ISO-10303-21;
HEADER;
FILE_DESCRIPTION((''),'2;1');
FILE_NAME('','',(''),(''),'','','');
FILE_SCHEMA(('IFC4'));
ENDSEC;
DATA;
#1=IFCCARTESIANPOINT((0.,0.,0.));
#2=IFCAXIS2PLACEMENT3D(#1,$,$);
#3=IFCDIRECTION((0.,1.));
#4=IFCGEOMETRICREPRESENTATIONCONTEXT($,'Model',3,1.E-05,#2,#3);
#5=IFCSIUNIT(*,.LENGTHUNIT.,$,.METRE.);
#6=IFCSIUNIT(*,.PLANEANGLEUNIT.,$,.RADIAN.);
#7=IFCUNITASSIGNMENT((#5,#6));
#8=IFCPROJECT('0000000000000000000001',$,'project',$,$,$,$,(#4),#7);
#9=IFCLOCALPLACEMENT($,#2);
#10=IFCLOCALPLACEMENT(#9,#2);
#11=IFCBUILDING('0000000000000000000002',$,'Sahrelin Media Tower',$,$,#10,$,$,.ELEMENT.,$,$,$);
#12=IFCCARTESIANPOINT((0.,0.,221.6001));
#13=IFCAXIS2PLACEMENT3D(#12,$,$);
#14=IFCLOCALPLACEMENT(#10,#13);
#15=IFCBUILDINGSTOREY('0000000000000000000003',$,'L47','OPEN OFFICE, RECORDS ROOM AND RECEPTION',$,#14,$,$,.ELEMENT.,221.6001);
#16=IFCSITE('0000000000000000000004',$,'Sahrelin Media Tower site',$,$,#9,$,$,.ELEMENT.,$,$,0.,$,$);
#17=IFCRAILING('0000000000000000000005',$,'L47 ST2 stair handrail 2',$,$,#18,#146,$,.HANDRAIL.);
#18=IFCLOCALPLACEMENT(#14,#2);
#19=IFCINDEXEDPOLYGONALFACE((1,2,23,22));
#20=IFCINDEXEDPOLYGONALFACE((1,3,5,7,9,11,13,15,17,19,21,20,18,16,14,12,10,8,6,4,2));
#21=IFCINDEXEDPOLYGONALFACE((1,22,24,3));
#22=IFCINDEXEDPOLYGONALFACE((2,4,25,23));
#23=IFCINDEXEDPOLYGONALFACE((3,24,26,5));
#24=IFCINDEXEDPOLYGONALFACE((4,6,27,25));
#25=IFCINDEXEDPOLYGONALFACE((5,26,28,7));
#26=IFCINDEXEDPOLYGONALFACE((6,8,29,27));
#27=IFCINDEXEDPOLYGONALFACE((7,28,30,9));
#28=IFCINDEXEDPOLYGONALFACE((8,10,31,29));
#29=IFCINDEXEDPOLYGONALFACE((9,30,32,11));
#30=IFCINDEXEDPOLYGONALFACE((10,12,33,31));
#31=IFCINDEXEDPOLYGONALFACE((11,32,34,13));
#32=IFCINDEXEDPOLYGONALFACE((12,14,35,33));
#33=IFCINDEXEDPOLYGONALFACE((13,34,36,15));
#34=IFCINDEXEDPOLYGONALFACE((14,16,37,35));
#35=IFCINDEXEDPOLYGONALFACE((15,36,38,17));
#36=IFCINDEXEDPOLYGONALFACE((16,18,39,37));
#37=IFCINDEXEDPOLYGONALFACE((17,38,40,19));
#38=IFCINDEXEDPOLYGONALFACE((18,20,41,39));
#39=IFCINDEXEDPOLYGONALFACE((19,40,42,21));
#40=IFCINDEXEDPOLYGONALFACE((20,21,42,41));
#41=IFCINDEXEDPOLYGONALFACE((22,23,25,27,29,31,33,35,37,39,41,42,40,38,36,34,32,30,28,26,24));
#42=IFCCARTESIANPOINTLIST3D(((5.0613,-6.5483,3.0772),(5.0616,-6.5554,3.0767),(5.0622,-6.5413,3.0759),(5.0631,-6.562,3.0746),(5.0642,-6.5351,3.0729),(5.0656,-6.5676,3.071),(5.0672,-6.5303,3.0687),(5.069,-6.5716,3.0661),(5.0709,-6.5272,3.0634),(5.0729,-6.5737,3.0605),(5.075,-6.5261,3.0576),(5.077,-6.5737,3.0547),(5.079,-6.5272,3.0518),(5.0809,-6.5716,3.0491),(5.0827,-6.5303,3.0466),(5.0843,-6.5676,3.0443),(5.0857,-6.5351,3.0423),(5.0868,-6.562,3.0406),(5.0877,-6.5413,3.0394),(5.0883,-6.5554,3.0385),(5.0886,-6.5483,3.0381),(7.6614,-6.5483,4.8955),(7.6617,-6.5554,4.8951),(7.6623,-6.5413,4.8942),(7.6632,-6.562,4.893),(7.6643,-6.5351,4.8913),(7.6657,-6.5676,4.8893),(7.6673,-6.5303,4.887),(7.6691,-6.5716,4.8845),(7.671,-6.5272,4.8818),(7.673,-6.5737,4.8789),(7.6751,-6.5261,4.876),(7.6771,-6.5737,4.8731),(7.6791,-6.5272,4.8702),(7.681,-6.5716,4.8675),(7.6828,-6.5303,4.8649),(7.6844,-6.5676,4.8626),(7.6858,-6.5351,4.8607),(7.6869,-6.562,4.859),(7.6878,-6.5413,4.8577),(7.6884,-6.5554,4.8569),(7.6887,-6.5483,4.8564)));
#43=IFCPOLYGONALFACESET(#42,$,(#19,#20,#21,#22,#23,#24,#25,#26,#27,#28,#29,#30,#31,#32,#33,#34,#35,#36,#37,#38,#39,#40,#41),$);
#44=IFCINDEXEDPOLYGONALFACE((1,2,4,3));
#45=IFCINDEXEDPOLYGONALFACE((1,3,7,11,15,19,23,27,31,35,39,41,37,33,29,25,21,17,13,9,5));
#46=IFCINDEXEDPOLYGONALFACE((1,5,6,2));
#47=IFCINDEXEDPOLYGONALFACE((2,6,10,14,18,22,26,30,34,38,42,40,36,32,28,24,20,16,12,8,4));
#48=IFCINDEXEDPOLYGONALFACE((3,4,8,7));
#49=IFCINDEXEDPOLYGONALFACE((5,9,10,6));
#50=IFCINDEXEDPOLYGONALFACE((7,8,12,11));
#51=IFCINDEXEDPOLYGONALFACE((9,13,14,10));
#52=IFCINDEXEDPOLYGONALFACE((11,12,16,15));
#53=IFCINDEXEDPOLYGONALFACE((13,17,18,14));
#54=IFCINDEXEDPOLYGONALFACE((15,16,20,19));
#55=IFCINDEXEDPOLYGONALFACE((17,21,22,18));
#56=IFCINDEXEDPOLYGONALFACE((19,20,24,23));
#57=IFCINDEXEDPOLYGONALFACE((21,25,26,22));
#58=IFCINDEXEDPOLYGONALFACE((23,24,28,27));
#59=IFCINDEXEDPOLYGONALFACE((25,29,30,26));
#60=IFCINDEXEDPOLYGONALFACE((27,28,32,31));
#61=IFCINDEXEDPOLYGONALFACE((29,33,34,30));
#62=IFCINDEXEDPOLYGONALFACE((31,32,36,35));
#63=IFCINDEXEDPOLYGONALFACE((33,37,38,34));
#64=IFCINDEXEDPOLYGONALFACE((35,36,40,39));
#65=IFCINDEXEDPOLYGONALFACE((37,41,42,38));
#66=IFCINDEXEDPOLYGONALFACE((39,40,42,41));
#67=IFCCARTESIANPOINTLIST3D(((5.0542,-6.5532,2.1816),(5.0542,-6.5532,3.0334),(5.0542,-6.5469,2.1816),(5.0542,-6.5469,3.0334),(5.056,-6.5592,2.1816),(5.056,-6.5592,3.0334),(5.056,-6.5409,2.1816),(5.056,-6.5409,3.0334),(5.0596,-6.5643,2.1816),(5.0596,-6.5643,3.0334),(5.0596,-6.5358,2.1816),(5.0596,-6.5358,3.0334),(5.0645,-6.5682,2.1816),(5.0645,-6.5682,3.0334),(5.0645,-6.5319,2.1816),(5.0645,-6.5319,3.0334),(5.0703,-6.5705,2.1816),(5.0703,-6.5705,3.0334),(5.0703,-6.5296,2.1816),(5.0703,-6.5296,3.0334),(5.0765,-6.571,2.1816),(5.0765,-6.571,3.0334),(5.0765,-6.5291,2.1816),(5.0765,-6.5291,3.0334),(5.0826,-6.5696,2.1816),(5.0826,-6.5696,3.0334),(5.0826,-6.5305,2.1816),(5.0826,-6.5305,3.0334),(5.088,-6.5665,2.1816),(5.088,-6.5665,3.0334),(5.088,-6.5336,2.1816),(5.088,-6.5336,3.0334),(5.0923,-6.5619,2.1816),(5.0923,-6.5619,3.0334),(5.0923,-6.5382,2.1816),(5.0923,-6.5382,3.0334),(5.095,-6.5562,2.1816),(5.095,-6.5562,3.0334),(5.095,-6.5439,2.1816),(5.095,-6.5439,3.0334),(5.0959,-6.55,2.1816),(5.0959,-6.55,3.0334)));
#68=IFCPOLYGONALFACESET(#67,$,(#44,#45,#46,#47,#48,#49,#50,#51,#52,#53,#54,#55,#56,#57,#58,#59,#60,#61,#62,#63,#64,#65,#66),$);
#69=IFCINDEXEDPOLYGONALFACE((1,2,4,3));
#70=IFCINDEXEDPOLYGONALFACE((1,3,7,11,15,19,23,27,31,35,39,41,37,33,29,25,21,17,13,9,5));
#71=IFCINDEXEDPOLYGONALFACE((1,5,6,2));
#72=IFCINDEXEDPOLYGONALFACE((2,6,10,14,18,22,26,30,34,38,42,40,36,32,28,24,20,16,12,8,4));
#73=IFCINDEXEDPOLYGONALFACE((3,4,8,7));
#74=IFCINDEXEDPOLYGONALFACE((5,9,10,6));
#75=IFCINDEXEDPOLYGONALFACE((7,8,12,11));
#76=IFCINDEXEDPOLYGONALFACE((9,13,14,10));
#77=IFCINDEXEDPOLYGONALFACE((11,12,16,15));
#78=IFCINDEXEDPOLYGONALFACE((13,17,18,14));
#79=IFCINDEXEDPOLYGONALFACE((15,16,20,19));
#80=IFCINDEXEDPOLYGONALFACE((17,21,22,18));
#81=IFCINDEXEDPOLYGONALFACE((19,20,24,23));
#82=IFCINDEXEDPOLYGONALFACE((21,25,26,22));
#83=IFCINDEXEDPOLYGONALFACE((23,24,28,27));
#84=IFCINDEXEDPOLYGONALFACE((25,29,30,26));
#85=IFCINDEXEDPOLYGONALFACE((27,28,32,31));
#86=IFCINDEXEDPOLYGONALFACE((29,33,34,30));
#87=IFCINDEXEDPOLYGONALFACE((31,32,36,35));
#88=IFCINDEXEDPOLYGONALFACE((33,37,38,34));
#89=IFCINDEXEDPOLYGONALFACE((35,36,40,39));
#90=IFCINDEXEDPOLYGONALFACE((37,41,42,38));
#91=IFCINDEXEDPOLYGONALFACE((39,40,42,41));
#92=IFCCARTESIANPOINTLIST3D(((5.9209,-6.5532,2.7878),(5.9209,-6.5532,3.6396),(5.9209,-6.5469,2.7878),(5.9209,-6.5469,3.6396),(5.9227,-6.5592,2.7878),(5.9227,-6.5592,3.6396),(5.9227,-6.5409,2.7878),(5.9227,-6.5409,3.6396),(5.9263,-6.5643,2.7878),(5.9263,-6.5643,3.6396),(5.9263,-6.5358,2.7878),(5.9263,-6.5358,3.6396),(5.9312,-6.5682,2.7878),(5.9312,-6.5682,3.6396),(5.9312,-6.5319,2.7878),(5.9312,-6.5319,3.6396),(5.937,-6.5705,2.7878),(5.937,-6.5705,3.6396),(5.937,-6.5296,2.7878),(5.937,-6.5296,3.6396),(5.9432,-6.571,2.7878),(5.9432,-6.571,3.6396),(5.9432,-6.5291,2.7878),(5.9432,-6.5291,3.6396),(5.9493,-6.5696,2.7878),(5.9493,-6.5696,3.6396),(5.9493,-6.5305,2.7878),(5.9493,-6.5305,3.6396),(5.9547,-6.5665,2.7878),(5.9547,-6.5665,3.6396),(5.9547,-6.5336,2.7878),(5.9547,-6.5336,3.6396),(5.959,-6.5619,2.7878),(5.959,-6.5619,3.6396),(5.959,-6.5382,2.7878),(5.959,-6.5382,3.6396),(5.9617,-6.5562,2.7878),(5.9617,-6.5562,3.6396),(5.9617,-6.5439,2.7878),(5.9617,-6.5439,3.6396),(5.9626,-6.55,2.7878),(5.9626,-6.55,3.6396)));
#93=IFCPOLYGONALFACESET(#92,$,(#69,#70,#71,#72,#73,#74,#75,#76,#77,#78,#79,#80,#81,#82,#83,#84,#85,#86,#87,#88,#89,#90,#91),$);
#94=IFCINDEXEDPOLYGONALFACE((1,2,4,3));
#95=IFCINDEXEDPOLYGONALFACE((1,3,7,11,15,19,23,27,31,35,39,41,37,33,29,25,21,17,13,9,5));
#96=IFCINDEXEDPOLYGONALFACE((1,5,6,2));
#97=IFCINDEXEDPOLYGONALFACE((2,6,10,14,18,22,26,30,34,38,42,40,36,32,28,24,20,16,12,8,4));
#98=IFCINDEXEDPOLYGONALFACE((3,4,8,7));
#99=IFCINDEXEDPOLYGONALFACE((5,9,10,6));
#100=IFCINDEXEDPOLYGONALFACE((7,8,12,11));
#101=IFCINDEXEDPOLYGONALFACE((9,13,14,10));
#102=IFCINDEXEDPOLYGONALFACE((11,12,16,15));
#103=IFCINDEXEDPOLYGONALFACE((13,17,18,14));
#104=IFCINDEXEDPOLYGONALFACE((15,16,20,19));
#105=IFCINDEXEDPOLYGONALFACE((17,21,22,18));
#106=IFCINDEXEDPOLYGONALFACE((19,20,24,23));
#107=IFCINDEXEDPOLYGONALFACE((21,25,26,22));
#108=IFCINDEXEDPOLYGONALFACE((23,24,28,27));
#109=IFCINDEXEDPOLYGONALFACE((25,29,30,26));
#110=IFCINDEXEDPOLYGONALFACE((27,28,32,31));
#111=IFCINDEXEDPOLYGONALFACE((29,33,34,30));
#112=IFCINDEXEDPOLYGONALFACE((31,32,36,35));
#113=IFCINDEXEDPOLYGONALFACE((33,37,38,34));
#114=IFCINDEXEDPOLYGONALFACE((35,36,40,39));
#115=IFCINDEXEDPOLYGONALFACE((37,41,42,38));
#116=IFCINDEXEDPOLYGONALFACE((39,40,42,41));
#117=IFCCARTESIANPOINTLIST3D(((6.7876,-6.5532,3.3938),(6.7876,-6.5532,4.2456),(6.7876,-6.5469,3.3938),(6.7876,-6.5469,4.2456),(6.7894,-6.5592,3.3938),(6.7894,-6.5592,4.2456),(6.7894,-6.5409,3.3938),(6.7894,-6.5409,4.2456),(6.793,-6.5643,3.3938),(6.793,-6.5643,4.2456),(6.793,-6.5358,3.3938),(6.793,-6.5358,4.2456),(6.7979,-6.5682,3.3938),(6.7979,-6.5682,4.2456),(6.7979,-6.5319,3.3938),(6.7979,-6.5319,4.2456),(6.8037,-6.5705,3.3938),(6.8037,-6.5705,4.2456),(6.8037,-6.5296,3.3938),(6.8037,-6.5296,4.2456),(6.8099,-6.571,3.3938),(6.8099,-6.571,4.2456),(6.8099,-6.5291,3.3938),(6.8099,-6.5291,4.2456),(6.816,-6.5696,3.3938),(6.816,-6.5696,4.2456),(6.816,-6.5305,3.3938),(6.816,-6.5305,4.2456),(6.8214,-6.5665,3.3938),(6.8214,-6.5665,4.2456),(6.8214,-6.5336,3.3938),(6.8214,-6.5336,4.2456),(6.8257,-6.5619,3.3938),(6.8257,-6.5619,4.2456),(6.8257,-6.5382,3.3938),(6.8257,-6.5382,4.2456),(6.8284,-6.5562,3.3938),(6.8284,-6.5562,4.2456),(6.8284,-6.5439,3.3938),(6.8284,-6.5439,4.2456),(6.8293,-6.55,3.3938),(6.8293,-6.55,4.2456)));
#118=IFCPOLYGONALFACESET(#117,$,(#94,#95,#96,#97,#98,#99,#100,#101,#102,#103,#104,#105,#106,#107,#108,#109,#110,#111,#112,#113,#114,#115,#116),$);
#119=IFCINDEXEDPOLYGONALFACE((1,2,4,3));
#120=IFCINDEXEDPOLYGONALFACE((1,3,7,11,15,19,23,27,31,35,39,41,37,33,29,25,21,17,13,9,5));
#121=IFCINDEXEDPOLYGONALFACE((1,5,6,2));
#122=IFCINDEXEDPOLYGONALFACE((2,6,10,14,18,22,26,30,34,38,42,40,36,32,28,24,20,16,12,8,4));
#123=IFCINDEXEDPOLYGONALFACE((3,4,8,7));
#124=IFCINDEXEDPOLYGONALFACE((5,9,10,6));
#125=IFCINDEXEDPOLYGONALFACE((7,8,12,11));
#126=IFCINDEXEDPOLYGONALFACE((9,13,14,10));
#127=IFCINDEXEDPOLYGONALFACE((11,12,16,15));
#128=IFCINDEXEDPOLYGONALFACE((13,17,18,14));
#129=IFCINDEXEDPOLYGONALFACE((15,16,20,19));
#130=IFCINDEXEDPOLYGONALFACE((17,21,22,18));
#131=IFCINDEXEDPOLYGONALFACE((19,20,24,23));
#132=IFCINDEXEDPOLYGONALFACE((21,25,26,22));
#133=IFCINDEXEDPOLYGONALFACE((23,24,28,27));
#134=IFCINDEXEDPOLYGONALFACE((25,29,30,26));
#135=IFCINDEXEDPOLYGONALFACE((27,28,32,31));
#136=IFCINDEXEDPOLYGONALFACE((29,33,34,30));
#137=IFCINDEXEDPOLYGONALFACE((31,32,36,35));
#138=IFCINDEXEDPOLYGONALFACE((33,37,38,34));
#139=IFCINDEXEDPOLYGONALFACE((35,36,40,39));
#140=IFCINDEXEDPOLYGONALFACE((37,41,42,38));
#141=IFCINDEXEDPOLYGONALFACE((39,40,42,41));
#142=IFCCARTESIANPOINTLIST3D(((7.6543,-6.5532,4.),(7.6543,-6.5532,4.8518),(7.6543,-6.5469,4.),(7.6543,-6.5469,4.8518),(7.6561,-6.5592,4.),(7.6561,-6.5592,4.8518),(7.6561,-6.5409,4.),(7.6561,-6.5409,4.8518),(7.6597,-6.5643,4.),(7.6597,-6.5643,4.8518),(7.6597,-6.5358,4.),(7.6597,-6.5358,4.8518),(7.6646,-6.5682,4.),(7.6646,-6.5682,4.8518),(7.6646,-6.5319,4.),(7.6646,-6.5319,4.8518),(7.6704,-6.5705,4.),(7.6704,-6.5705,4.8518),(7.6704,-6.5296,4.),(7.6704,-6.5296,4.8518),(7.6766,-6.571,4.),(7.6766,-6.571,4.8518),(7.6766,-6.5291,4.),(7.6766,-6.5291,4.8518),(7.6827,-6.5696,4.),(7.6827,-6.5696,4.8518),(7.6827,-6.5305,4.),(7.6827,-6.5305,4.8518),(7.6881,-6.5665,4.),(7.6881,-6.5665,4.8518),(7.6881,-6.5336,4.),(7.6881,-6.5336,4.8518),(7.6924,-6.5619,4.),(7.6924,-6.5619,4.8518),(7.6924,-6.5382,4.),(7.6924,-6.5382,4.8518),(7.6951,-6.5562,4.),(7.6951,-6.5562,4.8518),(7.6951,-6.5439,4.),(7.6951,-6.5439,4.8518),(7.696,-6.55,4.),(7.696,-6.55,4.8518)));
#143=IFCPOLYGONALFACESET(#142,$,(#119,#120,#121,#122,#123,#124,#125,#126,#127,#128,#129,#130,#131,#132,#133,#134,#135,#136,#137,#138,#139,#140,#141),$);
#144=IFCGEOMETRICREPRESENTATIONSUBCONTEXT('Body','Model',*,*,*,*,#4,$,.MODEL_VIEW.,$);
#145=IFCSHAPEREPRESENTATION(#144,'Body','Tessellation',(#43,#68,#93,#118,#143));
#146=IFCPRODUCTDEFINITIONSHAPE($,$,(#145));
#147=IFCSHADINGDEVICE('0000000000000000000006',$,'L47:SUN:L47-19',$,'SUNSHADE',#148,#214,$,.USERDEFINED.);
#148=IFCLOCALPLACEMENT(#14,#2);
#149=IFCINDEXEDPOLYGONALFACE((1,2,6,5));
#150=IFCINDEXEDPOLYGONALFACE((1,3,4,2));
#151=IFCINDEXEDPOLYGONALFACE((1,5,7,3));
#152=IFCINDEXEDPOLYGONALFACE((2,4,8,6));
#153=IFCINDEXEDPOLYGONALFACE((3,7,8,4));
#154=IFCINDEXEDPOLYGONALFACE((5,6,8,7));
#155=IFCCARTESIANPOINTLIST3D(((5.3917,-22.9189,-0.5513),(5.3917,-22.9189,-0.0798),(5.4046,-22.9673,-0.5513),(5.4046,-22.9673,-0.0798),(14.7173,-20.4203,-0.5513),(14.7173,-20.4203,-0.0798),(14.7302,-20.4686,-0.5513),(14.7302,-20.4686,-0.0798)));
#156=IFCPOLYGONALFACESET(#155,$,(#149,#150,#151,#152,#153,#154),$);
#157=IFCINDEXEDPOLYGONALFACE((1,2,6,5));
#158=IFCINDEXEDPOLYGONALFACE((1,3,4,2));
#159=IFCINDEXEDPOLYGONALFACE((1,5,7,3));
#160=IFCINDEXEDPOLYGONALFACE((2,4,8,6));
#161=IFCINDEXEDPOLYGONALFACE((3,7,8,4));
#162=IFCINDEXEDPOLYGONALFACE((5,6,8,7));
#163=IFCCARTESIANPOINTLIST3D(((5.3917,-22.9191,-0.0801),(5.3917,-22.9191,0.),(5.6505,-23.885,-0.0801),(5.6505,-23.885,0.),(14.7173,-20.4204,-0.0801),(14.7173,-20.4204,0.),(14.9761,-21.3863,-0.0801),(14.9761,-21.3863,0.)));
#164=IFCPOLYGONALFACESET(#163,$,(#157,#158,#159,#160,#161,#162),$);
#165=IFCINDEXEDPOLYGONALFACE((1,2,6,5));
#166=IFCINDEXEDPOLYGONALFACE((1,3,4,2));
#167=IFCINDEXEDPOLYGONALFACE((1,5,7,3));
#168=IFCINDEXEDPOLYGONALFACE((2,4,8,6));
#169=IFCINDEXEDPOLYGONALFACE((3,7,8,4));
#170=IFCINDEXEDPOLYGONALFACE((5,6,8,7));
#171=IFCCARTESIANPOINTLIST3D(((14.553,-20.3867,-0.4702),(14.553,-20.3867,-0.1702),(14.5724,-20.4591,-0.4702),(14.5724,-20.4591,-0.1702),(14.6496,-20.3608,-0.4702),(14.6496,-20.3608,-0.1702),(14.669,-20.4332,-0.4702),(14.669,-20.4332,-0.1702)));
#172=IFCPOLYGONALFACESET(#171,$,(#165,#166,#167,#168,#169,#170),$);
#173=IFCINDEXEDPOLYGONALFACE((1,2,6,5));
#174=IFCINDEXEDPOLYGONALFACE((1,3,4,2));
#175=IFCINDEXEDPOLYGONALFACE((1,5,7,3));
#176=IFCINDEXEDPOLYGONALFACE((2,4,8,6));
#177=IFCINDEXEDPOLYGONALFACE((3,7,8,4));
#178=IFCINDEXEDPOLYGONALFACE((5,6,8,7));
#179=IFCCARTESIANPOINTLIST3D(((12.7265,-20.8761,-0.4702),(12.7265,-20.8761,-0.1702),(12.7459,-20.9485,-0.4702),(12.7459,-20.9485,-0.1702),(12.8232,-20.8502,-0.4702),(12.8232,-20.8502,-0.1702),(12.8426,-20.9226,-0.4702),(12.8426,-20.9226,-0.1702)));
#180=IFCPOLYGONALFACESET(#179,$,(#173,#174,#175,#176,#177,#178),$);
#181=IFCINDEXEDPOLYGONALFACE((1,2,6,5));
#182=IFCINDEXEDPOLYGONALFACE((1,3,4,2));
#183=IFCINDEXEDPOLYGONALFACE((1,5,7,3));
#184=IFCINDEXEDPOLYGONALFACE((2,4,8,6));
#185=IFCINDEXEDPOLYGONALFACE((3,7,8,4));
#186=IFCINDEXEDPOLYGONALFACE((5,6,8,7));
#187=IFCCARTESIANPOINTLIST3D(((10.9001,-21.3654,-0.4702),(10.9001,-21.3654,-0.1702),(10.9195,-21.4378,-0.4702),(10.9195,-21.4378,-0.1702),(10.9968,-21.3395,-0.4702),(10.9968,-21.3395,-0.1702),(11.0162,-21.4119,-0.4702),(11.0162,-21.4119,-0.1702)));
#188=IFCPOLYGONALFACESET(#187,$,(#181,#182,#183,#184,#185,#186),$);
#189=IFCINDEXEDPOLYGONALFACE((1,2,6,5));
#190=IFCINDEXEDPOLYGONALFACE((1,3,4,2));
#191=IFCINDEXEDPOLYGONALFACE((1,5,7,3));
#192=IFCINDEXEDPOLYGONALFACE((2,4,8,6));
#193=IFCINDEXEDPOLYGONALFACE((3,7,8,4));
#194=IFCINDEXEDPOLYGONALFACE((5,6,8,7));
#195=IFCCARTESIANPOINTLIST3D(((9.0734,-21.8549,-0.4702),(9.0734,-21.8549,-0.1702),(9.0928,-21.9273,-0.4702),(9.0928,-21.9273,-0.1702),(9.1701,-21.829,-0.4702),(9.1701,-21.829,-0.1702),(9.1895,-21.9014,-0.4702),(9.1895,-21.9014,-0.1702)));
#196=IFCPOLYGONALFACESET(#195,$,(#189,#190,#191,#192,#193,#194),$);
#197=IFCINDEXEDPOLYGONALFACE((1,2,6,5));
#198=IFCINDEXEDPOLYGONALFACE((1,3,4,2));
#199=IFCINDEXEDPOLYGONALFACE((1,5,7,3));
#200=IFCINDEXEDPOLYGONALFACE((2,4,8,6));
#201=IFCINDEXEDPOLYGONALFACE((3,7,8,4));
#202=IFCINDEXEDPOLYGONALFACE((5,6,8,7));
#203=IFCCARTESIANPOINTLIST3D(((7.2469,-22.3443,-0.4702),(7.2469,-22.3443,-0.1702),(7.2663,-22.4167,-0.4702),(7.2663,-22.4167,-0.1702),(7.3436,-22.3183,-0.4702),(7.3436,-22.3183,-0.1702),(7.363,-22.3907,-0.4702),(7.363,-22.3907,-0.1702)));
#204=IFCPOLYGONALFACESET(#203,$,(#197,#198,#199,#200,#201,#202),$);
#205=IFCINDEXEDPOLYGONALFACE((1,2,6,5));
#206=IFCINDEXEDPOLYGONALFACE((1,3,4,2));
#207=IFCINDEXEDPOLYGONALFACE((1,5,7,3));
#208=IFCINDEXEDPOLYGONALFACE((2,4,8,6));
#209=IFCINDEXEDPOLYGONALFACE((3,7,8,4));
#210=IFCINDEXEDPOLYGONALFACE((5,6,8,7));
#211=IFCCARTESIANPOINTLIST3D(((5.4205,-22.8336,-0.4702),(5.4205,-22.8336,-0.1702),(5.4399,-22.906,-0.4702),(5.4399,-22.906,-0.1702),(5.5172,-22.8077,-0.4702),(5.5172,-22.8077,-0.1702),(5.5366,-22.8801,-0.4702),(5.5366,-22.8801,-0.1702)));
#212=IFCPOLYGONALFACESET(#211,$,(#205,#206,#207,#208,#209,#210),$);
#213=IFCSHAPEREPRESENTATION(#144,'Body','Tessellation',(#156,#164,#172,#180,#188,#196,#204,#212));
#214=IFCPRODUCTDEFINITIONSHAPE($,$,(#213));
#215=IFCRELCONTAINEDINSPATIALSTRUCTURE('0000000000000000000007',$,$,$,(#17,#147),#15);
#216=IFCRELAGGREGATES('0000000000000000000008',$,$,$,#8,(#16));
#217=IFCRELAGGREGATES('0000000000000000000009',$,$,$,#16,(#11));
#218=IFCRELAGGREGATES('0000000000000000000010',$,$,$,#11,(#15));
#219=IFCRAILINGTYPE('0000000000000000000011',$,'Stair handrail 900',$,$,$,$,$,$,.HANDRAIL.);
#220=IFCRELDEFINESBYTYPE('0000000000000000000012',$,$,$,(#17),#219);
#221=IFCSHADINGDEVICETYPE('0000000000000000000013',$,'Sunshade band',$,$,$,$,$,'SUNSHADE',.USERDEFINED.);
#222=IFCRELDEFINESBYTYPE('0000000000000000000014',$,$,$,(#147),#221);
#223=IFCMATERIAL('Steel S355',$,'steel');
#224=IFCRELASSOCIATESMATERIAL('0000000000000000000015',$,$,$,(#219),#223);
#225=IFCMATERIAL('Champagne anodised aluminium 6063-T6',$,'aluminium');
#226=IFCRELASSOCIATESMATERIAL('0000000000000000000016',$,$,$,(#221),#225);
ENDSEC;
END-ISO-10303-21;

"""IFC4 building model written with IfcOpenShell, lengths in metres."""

from ifc_helpers import new_model, si_unit, direction, frame, origin, origin_2d, place, context, subcontext, project, spatial, rectangle, circle, extrude, material, type_object, element, save


model = new_model("IFC4")

# Units and contexts
model_context = context("Model", 3, precision=1e-05, world=origin(), true_north=direction((0.0, 1.0)))
body_context = subcontext(model_context, "Body", "Model", "MODEL_VIEW")
ifc_project = project(units=[si_unit("LENGTHUNIT", "METRE"), si_unit("PLANEANGLEUNIT", "RADIAN")], contexts=[model_context])

# Site, building, storey
site_placement = place(None, origin())
site = spatial("IfcSite", under=ifc_project, at=site_placement, Name="Sahrelin Media Tower site", CompositionType="ELEMENT", RefElevation=0.0)
building_placement = place(site_placement, origin())
building = spatial("IfcBuilding", under=site, at=building_placement, Name="Sahrelin Media Tower", CompositionType="ELEMENT")
storey_placement = place(building_placement, frame((0.0, 0.0, 221.6001)))
storey = spatial("IfcBuildingStorey", under=building, at=storey_placement, Name="L47", Description="OPEN OFFICE, RECORDS ROOM AND RECEPTION", CompositionType="ELEMENT", Elevation=221.6001)

# Shared definitions
ifc_material_1 = material(Name="Steel S355", Category="steel")

# Shared definitions
ifc_material_2 = material(Name="Champagne anodised aluminium 6063-T6", Category="aluminium")

# Shared definitions
placement = place(storey_placement, frame((10.0493, -21.6504, 0.0), z_axis=(0.0, 0.0, 1.0), x_axis=(-0.965929, -0.258808, 0.0)))

# Railing
railing_type = type_object("IfcRailingType", Name="Stair handrail 900", PredefinedType="HANDRAIL", material=ifc_material_1)
railing_placement = place(storey_placement, frame((5.075, -6.55, 2.1816)))
element("IfcRailing", 1, at=railing_placement, inside=storey, type_object=railing_type, Name="L47 ST2 stair handrail 2", PredefinedType="HANDRAIL", context=body_context, shape_type="SweptSolid", body=[
    extrude(circle(Radius=0.0239, at=origin_2d()), frame((0.0, 0.0, 0.876), z_axis=(0.819485, 0.0, 0.573101), x_axis=(0.0, 1.0, 0.0)), (0.0, 0.0, 1.0), 3.1729),
    extrude(circle(Radius=0.021, at=origin_2d()), origin(), (0.0, 0.0, 1.0), 0.8518),
    extrude(circle(Radius=0.021, at=origin_2d()), frame((0.8667, 0.0, 0.6062)), (0.0, 0.0, 1.0), 0.8518),
    extrude(circle(Radius=0.021, at=origin_2d()), frame((1.7334, 0.0, 1.2122)), (0.0, 0.0, 1.0), 0.8518),
    extrude(circle(Radius=0.021, at=origin_2d()), frame((2.6001, 0.0, 1.8184)), (0.0, 0.0, 1.0), 0.8518),
])

# Shading device
shading_device_type_1 = type_object("IfcShadingDeviceType", Name="Sunshade band", ElementType="SUNSHADE", PredefinedType="USERDEFINED", material=ifc_material_2)
element("IfcShadingDevice", 2, at=placement, inside=storey, type_object=shading_device_type_1, Name="L47:SUN:L47-19", ObjectType="SUNSHADE", PredefinedType="USERDEFINED", context=body_context, shape_type="SweptSolid", body=[
    extrude(rectangle(XDim=9.6545, YDim=0.05, at=origin_2d()), frame((0.0, 0.0449, -0.5513)), (0.0, 0.0, 1.0), 0.4714),
    extrude(rectangle(XDim=9.6545, YDim=1.0, at=origin_2d()), frame((0.0, 0.52, -0.0801)), (0.0, 0.0, 1.0), 0.0801),
    extrude(rectangle(XDim=0.1001, YDim=0.075, at=origin_2d()), frame((-4.7273, -0.0176, -0.4702)), (0.0, 0.0, 1.0), 0.3),
    extrude(rectangle(XDim=0.1001, YDim=0.075, at=origin_2d()), frame((-2.8364, -0.0176, -0.4702)), (0.0, 0.0, 1.0), 0.3),
    extrude(rectangle(XDim=0.1001, YDim=0.075, at=origin_2d()), frame((-0.9456, -0.0176, -0.4702)), (0.0, 0.0, 1.0), 0.3),
    extrude(rectangle(XDim=0.1001, YDim=0.075, at=origin_2d()), frame((0.9456, -0.0176, -0.4702)), (0.0, 0.0, 1.0), 0.3),
    extrude(rectangle(XDim=0.1001, YDim=0.075, at=origin_2d()), frame((2.8364, -0.0176, -0.4702)), (0.0, 0.0, 1.0), 0.3),
    extrude(rectangle(XDim=0.1001, YDim=0.075, at=origin_2d()), frame((4.7273, -0.0176, -0.4702)), (0.0, 0.0, 1.0), 0.3),
])

save(model, "model.ifc")
